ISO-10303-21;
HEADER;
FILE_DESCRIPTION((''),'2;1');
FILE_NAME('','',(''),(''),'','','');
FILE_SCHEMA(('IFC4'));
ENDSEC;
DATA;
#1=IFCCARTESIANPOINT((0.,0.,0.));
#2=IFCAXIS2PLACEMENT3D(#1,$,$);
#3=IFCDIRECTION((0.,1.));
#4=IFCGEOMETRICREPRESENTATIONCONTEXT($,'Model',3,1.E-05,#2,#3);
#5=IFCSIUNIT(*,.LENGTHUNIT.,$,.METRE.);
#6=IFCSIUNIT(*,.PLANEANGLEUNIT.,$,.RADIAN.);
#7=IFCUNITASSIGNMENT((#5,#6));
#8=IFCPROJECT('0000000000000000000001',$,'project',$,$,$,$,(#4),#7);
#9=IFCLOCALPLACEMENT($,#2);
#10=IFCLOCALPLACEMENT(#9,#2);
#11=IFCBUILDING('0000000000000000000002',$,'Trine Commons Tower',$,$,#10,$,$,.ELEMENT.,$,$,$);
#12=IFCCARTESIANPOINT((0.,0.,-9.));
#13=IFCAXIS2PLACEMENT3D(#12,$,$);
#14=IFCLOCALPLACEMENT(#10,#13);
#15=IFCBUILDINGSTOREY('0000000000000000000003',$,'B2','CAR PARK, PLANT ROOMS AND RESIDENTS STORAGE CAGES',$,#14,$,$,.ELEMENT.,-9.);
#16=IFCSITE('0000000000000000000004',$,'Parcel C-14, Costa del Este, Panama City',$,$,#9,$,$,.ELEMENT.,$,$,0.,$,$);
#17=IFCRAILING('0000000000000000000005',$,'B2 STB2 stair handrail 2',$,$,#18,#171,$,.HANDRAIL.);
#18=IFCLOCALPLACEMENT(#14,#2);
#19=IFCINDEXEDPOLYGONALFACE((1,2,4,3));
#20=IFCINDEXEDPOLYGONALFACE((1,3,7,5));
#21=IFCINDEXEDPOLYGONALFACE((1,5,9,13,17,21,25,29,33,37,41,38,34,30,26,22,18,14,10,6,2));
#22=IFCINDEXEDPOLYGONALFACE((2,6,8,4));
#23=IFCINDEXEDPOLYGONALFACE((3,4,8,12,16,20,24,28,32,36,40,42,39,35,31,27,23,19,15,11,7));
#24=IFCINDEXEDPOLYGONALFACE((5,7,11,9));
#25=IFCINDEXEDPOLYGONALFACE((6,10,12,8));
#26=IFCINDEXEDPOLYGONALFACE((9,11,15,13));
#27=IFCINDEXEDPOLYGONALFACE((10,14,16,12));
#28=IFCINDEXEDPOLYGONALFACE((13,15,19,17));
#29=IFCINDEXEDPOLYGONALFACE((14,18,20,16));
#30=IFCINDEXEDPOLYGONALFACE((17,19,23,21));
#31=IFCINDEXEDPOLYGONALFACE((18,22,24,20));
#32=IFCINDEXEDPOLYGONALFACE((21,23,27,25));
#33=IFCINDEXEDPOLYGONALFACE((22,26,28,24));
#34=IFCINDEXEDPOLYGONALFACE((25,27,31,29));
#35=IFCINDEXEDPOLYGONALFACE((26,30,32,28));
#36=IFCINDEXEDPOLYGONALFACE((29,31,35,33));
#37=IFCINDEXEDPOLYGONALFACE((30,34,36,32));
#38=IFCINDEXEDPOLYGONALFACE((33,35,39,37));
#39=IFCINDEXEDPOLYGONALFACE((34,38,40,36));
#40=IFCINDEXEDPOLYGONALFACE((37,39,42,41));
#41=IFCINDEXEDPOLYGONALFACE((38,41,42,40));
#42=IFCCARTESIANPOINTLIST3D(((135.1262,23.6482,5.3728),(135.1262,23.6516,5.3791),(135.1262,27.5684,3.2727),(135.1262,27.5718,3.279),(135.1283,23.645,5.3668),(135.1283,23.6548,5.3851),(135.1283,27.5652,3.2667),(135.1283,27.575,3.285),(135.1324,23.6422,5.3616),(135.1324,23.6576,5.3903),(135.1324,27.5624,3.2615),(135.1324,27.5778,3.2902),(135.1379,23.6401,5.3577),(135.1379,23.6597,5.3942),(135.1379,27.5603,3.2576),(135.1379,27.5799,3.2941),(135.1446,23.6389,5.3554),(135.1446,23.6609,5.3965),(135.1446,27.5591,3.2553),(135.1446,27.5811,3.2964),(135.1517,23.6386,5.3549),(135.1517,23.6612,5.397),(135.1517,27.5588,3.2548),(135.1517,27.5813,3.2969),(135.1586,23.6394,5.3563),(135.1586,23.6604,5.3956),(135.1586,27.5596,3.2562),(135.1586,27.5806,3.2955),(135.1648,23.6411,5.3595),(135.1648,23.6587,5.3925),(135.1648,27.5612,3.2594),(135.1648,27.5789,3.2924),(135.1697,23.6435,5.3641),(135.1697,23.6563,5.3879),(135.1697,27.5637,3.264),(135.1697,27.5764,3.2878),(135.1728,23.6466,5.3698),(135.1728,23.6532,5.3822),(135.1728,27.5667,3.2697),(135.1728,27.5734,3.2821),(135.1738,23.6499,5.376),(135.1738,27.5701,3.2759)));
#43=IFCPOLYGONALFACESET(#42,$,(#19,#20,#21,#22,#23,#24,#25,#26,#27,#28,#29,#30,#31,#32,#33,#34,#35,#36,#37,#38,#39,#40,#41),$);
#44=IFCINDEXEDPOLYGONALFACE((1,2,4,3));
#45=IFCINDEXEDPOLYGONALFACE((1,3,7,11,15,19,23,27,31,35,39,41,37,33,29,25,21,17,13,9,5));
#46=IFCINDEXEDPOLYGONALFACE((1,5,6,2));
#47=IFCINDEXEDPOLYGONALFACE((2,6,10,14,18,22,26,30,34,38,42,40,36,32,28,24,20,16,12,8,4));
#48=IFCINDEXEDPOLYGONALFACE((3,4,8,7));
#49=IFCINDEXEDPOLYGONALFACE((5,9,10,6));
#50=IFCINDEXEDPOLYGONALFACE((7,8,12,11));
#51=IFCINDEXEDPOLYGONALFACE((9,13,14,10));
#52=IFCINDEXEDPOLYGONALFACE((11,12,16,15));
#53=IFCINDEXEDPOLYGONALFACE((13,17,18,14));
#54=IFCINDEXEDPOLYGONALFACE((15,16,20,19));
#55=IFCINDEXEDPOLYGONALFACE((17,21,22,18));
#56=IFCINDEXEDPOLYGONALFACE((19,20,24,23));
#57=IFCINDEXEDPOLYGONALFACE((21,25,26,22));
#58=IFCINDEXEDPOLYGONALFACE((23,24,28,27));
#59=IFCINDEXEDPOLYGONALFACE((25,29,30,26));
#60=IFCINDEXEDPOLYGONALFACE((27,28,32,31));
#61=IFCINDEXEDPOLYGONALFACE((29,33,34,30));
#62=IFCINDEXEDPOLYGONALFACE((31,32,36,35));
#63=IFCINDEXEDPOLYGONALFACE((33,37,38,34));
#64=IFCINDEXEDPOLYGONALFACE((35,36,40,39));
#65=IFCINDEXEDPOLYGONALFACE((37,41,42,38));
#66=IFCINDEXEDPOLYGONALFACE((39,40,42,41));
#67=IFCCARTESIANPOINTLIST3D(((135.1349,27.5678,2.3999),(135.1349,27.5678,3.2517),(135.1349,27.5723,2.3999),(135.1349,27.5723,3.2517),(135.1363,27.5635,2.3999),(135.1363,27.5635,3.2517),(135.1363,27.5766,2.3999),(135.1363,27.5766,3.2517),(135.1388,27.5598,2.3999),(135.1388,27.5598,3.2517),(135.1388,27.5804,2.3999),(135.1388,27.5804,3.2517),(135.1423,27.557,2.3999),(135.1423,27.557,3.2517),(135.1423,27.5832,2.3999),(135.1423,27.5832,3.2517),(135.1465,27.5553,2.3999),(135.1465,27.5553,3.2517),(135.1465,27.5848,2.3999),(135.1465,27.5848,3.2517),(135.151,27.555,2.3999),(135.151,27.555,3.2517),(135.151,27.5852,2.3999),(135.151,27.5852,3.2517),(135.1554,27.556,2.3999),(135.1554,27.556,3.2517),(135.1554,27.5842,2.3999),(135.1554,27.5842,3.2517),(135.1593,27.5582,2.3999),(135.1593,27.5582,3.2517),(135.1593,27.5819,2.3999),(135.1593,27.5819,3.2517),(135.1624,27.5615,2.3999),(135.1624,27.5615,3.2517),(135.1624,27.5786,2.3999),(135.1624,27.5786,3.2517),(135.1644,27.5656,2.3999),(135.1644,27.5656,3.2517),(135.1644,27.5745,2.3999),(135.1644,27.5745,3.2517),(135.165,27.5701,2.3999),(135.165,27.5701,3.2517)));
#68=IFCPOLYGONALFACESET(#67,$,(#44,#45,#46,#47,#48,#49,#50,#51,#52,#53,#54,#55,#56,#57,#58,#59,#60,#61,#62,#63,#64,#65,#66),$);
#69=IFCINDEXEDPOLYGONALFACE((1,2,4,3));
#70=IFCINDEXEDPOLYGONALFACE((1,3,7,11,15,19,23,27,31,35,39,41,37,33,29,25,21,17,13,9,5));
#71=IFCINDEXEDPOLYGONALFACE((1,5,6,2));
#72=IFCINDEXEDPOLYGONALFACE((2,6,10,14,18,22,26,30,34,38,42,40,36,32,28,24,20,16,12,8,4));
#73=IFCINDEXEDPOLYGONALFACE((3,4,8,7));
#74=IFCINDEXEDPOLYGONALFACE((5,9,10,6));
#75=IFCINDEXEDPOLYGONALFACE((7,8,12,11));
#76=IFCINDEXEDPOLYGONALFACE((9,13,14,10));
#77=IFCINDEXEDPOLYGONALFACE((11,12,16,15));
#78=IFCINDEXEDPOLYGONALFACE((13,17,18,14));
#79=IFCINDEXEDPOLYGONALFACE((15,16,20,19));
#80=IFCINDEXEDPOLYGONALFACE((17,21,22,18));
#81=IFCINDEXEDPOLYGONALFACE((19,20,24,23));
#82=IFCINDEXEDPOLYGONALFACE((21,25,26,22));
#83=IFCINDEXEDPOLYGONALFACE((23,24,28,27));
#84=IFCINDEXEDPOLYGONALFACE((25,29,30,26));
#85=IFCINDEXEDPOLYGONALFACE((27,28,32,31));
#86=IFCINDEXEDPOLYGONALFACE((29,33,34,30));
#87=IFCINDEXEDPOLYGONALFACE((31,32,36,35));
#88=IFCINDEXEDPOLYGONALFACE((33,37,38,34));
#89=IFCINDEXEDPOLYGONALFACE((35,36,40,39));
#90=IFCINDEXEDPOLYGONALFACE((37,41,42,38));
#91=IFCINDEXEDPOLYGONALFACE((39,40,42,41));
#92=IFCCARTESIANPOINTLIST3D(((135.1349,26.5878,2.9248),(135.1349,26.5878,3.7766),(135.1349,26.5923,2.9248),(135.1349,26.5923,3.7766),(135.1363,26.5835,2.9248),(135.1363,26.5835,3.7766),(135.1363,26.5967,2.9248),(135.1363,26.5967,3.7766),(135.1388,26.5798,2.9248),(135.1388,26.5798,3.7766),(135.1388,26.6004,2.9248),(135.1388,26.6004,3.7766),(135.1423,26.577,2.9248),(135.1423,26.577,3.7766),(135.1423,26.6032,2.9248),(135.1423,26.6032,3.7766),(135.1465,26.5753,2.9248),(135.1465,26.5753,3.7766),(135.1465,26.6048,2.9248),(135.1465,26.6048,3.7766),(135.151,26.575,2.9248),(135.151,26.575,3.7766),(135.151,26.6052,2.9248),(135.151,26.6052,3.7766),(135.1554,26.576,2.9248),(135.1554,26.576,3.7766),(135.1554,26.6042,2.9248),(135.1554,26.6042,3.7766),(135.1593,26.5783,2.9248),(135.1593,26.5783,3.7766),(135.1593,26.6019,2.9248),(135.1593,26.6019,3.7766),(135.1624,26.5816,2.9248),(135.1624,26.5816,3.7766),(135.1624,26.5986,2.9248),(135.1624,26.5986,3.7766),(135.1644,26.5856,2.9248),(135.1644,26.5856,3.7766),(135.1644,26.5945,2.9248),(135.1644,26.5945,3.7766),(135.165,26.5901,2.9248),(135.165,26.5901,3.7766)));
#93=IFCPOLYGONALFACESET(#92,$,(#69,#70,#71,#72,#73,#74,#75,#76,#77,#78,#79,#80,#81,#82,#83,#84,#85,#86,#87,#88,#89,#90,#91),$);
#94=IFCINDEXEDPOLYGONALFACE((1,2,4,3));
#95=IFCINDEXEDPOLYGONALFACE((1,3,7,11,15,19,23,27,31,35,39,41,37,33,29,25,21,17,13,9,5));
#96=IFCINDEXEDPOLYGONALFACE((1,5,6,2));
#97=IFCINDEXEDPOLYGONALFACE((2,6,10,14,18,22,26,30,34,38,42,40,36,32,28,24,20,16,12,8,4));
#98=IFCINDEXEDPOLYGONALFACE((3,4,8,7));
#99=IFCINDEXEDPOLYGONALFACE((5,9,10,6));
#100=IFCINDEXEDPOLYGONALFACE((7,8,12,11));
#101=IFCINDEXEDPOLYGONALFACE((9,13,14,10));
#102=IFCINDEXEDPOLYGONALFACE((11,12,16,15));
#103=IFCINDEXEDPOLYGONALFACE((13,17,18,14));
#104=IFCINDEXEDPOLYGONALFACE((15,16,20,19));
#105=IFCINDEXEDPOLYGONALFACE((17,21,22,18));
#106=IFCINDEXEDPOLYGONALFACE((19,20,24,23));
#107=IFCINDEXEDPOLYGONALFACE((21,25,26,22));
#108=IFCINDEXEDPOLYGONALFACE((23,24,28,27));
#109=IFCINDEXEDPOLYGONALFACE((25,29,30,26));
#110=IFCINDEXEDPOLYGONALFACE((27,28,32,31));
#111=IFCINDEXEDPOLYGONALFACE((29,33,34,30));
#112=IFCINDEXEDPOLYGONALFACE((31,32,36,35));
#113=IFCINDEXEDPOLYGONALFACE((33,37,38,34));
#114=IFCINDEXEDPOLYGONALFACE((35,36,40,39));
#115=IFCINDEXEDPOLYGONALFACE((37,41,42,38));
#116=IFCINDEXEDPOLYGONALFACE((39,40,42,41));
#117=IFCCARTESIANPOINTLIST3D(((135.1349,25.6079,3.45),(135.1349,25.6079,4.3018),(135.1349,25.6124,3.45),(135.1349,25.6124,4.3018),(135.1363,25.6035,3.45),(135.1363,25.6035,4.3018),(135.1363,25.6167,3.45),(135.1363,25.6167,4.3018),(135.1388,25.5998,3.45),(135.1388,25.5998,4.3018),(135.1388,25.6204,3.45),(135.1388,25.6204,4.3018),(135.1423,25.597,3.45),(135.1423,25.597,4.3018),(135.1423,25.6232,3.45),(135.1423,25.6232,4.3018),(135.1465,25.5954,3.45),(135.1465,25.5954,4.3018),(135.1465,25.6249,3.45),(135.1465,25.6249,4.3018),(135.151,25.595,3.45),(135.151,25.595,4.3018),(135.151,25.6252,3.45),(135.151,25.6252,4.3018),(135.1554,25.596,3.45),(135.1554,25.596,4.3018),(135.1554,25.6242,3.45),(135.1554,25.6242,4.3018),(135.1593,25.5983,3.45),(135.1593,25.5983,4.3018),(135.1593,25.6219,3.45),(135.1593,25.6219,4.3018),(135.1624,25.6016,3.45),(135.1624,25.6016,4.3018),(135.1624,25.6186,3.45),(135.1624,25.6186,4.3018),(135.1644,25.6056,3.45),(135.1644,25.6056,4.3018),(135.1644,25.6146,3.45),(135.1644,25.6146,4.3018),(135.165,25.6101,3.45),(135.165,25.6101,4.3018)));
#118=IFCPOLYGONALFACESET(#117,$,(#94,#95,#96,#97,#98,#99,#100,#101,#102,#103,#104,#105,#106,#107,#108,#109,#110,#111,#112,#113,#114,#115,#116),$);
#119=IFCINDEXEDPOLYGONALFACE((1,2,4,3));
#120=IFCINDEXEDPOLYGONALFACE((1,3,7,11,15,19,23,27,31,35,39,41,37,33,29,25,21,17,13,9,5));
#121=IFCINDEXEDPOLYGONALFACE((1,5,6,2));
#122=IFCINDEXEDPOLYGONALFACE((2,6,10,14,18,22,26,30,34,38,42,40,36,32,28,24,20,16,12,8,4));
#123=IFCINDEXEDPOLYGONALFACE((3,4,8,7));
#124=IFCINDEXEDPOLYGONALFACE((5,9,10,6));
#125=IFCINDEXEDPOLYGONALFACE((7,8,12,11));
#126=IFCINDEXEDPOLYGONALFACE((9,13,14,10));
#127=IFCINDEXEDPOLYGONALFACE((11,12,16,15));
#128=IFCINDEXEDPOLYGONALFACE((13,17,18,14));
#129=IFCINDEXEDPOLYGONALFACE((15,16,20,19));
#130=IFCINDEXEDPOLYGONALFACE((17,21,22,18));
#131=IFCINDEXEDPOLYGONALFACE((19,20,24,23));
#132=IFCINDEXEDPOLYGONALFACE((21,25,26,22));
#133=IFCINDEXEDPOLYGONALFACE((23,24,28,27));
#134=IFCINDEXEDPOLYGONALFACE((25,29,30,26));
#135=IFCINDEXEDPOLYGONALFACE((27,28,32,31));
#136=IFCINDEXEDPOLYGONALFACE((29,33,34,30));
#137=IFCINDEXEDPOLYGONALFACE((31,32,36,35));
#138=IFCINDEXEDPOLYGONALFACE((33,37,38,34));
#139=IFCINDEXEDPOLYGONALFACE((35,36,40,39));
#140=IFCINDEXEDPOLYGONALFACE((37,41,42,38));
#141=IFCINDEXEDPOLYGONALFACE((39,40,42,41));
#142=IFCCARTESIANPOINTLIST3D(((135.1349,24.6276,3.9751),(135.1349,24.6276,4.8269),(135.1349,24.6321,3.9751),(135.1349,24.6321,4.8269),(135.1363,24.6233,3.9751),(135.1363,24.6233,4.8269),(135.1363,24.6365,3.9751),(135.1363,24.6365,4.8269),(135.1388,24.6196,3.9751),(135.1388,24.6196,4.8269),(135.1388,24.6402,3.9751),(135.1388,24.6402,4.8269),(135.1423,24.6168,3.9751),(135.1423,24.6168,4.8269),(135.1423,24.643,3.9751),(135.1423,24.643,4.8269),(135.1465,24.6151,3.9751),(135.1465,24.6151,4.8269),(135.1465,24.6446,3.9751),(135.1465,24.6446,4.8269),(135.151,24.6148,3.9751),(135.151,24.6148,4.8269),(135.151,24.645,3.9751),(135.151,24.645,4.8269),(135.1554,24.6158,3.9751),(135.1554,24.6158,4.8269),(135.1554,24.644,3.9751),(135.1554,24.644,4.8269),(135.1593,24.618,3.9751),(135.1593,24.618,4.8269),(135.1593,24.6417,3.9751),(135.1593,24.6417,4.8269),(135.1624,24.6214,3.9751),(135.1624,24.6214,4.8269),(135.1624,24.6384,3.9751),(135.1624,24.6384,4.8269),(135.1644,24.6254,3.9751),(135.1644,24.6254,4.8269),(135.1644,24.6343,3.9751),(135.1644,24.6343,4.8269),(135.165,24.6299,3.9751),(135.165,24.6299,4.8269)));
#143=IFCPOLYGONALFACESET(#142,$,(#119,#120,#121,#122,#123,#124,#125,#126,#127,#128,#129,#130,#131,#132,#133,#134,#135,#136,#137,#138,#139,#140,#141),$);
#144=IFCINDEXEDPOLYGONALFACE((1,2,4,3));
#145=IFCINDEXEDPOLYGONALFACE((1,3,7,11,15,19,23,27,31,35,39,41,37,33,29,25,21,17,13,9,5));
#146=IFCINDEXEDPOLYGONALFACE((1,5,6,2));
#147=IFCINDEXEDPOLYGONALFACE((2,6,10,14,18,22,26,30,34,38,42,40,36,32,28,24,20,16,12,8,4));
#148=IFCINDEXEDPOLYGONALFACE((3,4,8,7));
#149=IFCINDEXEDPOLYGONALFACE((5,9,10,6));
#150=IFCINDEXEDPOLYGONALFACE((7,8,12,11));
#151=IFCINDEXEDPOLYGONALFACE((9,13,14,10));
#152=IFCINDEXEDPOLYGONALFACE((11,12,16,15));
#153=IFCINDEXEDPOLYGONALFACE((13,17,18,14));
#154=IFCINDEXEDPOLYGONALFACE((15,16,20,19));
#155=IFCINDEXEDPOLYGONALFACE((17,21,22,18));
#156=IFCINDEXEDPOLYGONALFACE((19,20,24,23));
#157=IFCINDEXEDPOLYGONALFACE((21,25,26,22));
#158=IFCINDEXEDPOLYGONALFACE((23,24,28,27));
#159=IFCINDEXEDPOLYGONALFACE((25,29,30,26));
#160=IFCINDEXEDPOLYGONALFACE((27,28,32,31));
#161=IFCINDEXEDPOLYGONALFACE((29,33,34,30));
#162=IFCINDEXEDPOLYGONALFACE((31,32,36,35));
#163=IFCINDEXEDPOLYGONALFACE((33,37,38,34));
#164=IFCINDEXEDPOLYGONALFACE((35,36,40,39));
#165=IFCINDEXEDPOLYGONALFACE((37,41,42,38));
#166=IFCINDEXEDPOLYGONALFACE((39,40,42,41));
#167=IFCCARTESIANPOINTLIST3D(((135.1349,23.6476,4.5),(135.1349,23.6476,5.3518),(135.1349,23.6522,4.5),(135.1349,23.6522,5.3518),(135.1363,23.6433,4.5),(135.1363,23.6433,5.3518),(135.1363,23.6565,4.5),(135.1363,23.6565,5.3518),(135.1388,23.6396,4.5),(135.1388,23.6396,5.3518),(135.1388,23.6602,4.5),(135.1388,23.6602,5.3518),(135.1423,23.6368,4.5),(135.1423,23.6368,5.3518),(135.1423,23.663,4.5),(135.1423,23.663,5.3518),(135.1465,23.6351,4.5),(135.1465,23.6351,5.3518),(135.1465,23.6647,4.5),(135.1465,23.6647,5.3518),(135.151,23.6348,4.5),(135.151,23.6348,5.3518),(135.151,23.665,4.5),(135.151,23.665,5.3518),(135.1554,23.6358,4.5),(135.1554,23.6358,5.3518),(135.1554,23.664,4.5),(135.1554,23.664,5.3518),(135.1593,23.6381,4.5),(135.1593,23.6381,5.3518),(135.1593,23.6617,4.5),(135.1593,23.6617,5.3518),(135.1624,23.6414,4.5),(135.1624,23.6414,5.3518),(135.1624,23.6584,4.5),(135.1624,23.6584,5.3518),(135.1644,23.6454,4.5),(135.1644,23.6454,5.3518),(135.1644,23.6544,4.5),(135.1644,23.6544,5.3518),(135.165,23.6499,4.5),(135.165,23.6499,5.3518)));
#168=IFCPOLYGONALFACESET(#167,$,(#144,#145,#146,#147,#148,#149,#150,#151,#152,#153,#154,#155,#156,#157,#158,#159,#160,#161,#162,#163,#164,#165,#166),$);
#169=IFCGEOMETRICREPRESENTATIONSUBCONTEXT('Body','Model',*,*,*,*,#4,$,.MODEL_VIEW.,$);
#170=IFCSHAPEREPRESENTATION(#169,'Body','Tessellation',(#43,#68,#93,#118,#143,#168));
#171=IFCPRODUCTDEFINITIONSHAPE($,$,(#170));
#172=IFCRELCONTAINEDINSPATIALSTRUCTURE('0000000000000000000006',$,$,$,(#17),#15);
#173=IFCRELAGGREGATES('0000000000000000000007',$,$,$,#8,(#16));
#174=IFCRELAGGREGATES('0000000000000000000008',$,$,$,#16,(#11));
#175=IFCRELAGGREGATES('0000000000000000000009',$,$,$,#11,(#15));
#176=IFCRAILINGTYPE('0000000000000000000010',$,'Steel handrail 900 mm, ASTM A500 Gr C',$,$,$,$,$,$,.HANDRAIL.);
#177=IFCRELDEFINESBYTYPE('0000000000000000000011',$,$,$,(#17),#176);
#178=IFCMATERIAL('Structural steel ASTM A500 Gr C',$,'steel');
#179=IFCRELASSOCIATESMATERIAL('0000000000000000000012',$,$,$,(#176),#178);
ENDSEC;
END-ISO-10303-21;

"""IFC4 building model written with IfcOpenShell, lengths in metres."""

from ifc_helpers import new_model, si_unit, direction, frame, origin, origin_2d, place, context, subcontext, project, spatial, circle, extrude, material, type_object, element, save


model = new_model("IFC4")

# Units and contexts
model_context = context("Model", 3, precision=1e-05, world=origin(), true_north=direction((0.0, 1.0)))
body_context = subcontext(model_context, "Body", "Model", "MODEL_VIEW")
ifc_project = project(units=[si_unit("LENGTHUNIT", "METRE"), si_unit("PLANEANGLEUNIT", "RADIAN")], contexts=[model_context])

# Site, building, storey
site_placement = place(None, origin())
site = spatial("IfcSite", under=ifc_project, at=site_placement, Name="Parcel C-14, Costa del Este, Panama City", CompositionType="ELEMENT", RefElevation=0.0)
building_placement = place(site_placement, origin())
building = spatial("IfcBuilding", under=site, at=building_placement, Name="Trine Commons Tower", CompositionType="ELEMENT")
storey_placement = place(building_placement, frame((0.0, 0.0, -9.0)))
storey = spatial("IfcBuildingStorey", under=building, at=storey_placement, Name="B2", Description="CAR PARK, PLANT ROOMS AND RESIDENTS STORAGE CAGES", CompositionType="ELEMENT", Elevation=-9.0)

# Railing
ifc_material_1 = material(Name="Structural steel ASTM A500 Gr C", Category="steel")
railing_type_1 = type_object("IfcRailingType", Name="Steel handrail 900 mm, ASTM A500 Gr C", PredefinedType="HANDRAIL", material=ifc_material_1)
railing_1_placement = place(storey_placement, frame((135.1499, 27.5701, 2.3999)))
element("IfcRailing", 1, at=railing_1_placement, inside=storey, type_object=railing_type_1, Name="B2 STB2 stair handrail 2", PredefinedType="HANDRAIL", context=body_context, shape_type="SweptSolid", body=[
    extrude(circle(Radius=0.0239, at=origin_2d()), frame((0.0, 0.0, 0.876), z_axis=(0.0, -0.881479, 0.472223), x_axis=(1.0, 0.0, 0.0)), (0.0, 0.0, 1.0), 4.4473),
    extrude(circle(Radius=0.0151, at=origin_2d()), origin(), (0.0, 0.0, 1.0), 0.8518),
    extrude(circle(Radius=0.0151, at=origin_2d()), frame((0.0, -0.98, 0.5249)), (0.0, 0.0, 1.0), 0.8518),
    extrude(circle(Radius=0.0151, at=origin_2d()), frame((0.0, -1.96, 1.05)), (0.0, 0.0, 1.0), 0.8518),
    extrude(circle(Radius=0.0151, at=origin_2d()), frame((0.0, -2.9402, 1.5752)), (0.0, 0.0, 1.0), 0.8518),
    extrude(circle(Radius=0.0151, at=origin_2d()), frame((0.0, -3.9202, 2.1001)), (0.0, 0.0, 1.0), 0.8518),
])

save(model, "model.ifc")
